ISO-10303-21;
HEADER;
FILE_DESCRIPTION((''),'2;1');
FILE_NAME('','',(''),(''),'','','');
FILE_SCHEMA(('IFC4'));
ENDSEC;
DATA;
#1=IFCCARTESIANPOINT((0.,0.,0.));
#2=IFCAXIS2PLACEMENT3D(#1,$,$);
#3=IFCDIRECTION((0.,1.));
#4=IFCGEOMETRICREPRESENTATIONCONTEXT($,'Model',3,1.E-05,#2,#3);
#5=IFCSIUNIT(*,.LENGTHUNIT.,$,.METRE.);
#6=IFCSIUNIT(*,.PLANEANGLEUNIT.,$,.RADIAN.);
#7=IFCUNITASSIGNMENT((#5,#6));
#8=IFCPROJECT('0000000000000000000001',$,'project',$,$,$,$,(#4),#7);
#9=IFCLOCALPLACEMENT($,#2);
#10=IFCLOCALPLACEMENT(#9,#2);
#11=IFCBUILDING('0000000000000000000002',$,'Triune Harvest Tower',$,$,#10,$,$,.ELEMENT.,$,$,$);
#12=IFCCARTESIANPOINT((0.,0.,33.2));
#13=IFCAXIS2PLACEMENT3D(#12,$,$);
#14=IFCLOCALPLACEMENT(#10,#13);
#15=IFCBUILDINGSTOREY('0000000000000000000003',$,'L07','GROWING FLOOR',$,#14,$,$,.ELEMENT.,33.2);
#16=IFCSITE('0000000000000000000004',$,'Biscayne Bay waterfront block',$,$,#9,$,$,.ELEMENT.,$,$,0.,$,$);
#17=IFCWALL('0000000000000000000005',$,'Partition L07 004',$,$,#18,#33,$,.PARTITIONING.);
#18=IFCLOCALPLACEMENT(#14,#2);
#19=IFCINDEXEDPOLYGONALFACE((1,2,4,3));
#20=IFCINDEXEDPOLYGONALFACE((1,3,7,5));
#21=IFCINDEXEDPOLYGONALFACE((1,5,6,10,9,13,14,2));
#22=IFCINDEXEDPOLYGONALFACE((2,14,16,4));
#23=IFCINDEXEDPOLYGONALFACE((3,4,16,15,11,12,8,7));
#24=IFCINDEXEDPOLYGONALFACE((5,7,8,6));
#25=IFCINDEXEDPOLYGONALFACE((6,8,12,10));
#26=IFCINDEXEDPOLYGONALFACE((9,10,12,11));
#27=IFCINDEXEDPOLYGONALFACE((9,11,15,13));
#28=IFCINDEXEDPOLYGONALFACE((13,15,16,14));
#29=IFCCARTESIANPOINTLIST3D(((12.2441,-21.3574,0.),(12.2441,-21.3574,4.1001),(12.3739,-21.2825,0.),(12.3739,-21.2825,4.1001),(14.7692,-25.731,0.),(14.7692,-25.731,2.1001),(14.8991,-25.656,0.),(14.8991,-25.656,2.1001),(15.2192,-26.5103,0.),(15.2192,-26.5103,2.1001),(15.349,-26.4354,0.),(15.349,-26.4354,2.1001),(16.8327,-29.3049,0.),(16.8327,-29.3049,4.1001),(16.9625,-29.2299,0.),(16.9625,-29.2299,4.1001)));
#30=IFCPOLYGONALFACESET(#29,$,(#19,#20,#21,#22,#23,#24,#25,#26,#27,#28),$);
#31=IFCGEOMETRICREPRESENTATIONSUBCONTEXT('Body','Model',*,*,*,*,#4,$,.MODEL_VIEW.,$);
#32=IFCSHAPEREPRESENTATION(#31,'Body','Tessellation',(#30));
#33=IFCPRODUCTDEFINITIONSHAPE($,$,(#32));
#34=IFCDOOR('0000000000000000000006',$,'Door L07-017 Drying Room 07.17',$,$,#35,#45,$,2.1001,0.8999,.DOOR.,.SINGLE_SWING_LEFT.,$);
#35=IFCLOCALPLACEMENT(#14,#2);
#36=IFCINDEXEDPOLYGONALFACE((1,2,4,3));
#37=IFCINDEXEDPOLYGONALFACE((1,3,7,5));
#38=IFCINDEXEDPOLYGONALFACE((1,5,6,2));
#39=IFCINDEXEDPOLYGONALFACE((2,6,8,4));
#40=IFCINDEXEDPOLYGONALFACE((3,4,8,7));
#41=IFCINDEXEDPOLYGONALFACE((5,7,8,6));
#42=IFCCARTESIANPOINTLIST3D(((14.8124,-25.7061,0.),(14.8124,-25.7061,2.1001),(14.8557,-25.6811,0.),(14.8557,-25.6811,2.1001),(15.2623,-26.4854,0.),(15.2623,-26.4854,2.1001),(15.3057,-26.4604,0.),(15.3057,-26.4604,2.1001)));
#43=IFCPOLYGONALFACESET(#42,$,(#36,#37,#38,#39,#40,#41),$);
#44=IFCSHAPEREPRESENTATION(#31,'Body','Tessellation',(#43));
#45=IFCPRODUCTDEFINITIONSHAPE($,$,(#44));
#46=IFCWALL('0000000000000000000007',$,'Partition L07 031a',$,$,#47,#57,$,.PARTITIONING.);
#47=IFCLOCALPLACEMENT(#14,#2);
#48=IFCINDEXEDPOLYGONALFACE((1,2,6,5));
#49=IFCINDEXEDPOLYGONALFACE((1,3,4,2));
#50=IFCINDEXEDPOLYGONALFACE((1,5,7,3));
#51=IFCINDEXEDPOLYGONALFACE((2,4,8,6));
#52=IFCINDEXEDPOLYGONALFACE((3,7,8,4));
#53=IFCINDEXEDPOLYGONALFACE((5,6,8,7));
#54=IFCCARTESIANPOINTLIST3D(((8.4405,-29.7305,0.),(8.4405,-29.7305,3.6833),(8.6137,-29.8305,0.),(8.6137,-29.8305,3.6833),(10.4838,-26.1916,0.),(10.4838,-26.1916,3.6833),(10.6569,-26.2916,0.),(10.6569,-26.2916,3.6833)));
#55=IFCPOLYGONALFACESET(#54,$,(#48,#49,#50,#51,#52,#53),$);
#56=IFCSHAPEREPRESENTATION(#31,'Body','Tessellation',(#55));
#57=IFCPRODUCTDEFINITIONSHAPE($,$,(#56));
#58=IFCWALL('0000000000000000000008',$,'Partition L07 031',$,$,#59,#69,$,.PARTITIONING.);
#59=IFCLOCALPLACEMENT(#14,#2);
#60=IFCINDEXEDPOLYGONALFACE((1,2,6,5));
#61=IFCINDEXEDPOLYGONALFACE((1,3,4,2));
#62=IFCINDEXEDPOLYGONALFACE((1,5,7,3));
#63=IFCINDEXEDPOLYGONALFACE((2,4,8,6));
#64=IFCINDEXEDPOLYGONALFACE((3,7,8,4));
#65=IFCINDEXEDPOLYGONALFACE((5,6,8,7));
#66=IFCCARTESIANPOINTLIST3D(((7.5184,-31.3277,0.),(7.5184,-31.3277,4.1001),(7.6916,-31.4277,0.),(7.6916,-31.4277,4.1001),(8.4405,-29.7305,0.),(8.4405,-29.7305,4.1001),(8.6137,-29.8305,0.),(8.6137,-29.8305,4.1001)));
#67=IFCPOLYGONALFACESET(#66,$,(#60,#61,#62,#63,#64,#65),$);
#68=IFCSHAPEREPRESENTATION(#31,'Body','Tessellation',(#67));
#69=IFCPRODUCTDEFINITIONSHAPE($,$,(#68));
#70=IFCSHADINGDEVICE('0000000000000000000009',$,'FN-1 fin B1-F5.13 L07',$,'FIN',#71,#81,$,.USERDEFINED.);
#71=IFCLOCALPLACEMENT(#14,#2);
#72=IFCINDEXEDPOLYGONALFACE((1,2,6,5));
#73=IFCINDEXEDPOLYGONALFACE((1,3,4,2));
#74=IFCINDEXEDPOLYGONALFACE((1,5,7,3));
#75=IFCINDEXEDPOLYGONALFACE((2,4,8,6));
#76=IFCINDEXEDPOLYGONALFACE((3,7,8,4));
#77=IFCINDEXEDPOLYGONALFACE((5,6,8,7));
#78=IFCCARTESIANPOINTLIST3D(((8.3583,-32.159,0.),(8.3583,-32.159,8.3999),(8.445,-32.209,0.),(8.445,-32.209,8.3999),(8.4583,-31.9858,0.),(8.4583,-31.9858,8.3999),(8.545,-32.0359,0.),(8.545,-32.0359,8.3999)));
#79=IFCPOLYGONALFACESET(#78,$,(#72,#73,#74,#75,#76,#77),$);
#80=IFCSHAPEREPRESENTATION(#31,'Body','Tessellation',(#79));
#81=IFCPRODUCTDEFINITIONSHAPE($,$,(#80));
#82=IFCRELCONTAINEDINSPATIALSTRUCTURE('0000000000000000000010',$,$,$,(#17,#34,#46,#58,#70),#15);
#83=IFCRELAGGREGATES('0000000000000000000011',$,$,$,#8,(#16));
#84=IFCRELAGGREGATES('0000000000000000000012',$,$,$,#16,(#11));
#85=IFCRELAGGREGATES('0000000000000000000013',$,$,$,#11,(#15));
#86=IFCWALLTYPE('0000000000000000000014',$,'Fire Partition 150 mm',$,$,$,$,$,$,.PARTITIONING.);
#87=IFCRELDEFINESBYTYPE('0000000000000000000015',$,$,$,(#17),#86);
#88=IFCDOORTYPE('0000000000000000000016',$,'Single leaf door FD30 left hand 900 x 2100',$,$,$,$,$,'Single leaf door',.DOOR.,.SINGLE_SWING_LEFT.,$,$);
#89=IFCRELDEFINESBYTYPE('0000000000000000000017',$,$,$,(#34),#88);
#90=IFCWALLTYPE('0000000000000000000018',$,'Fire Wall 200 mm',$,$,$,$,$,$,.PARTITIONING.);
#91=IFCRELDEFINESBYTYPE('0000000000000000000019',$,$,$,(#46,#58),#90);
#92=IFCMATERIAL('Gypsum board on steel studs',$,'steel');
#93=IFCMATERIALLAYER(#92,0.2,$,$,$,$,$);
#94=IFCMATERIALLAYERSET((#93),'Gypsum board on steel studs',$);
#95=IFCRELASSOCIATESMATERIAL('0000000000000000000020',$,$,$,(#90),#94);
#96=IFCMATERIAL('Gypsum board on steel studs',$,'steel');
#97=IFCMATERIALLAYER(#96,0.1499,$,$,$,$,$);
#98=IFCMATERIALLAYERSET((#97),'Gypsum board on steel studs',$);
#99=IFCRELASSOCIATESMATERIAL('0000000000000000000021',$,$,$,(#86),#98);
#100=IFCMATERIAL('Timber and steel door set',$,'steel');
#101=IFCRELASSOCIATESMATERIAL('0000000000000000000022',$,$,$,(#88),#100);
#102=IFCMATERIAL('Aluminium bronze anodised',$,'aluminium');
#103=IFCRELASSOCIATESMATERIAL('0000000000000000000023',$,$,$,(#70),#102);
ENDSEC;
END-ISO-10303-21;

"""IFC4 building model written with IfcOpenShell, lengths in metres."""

from ifc_helpers import new_model, si_unit, direction, frame, frame_2d, origin, origin_2d, place, context, subcontext, project, spatial, rectangle, extrude, source, transform, mapped, material, layer, layer_set, type_object, element, fill, save


model = new_model("IFC4")

# Units and contexts
model_context = context("Model", 3, precision=1e-05, world=origin(), true_north=direction((0.0, 1.0)))
body_context = subcontext(model_context, "Body", "Model", "MODEL_VIEW")
ifc_project = project(units=[si_unit("LENGTHUNIT", "METRE"), si_unit("PLANEANGLEUNIT", "RADIAN")], contexts=[model_context])

# Site, building, storey
site_placement = place(None, origin())
site = spatial("IfcSite", under=ifc_project, at=site_placement, Name="Biscayne Bay waterfront block", CompositionType="ELEMENT", RefElevation=0.0)
building_placement = place(site_placement, origin())
building = spatial("IfcBuilding", under=site, at=building_placement, Name="Triune Harvest Tower", CompositionType="ELEMENT")
storey_placement = place(building_placement, frame((0.0, 0.0, 33.2)))
storey = spatial("IfcBuildingStorey", under=building, at=storey_placement, Name="L07", Description="GROWING FLOOR", CompositionType="ELEMENT", Elevation=33.2)

# Shared definitions
ifc_material_1 = material(Name="Gypsum board on steel studs", Category="steel")
ifc_layer_1 = layer(ifc_material_1, 0.2)
ifc_layer_set_1 = layer_set([ifc_layer_1], Name="Gypsum board on steel studs")
wall_type_1 = type_object("IfcWallType", Name="Fire Wall 200 mm", PredefinedType="PARTITIONING", material=ifc_layer_set_1)

# Wall, opening, door
ifc_material_2 = material(Name="Gypsum board on steel studs", Category="steel")
ifc_layer_2 = layer(ifc_material_2, 0.1499)
ifc_layer_set_2 = layer_set([ifc_layer_2], Name="Gypsum board on steel studs")
wall_type_2 = type_object("IfcWallType", Name="Fire Partition 150 mm", PredefinedType="PARTITIONING", material=ifc_layer_set_2)
shared_shape_1 = source(origin(), body_context, "Body", "SweptSolid", [
    extrude(rectangle(XDim=9.177, YDim=0.1499, at=frame_2d((4.5884, 0.0))), origin(), (0.0, 0.0, 1.0), 4.1001),
])
wall_1_placement = place(storey_placement, frame((12.3091, -21.3201, 0.0), z_axis=(0.0, 0.0, 1.0), x_axis=(0.50001, -0.866019, 0.0)))
wall_1 = element("IfcWall", 1, at=wall_1_placement, inside=storey, type_object=wall_type_2, Name="Partition L07 004", PredefinedType="PARTITIONING", context=body_context, shape_type="MappedRepresentation", body=[
    mapped(shared_shape_1, transform((0.0, 0.0, 0.0), scale=1.0)),
])
opening_placement = place(wall_1_placement, frame((5.05, 0.0, 0.0)))
opening = element("IfcOpeningElement", 2, at=opening_placement, cuts=wall_1, PredefinedType="OPENING", context=body_context, shape_type="SweptSolid", body=[
    extrude(rectangle(XDim=0.8999, YDim=2.1001, at=frame_2d((0.45, 1.05))), frame((0.0, 0.085, 0.0), z_axis=(0.0, -1.0, 0.0), x_axis=(1.0, 0.0, 0.0)), (0.0, 0.0, 1.0), 0.1699),
])
ifc_material_3 = material(Name="Timber and steel door set", Category="steel")
door_type = type_object("IfcDoorType", Name="Single leaf door FD30 left hand 900 x 2100", ElementType="Single leaf door", OperationType="SINGLE_SWING_LEFT", PredefinedType="DOOR", material=ifc_material_3)
door_placement = place(opening_placement, origin())
door = element("IfcDoor", 3, at=door_placement, inside=storey, type_object=door_type, Name="Door L07-017 Drying Room 07.17", OperationType="SINGLE_SWING_LEFT", OverallHeight=2.1001, OverallWidth=0.8999, PredefinedType="DOOR", context=body_context, shape_type="SweptSolid", body=[
    extrude(rectangle(XDim=0.8999, YDim=2.1001, at=frame_2d((0.45, 1.05))), frame((0.0, 0.0249, 0.0), z_axis=(0.0, -1.0, 0.0), x_axis=(1.0, 0.0, 0.0)), (0.0, 0.0, 1.0), 0.05),
])
fill(opening, door)

# Walls
shared_shape_2 = source(origin(), body_context, "Body", "SweptSolid", [
    extrude(rectangle(XDim=4.0864, YDim=0.2, at=frame_2d((2.0432, 0.0))), origin(), (0.0, 0.0, 1.0), 3.6833),
])
wall_2_placement = place(storey_placement, frame((8.5271, -29.7805, 0.0), z_axis=(0.0, 0.0, 1.0), x_axis=(0.500014, 0.866017, 0.0)))
element("IfcWall", 4, at=wall_2_placement, inside=storey, type_object=wall_type_1, Name="Partition L07 031a", PredefinedType="PARTITIONING", context=body_context, shape_type="MappedRepresentation", body=[
    mapped(shared_shape_2, transform((0.0, 0.0, 0.0), scale=1.0)),
])
shared_shape_3 = source(origin(), body_context, "Body", "SweptSolid", [
    extrude(rectangle(XDim=1.8442, YDim=0.2, at=frame_2d((0.9221, 0.0))), origin(), (0.0, 0.0, 1.0), 4.1001),
])
wall_3_placement = place(storey_placement, frame((7.605, -31.3777, 0.0), z_axis=(0.0, 0.0, 1.0), x_axis=(0.499997, 0.866027, 0.0)))
element("IfcWall", 5, at=wall_3_placement, inside=storey, type_object=wall_type_1, Name="Partition L07 031", PredefinedType="PARTITIONING", context=body_context, shape_type="MappedRepresentation", body=[
    mapped(shared_shape_3, transform((0.0, 0.0, 0.0), scale=1.0)),
])

# Shading device
ifc_material_4 = material(Name="Aluminium bronze anodised", Category="aluminium")
shared_shape_4 = source(origin(), body_context, "Body", "SweptSolid", [
    extrude(rectangle(XDim=0.1001, YDim=0.2, at=origin_2d()), origin(), (0.0, 0.0, 1.0), 8.3999),
])
shading_device_placement = place(storey_placement, frame((8.4517, -32.0974, 0.0), z_axis=(0.0, 0.0, 1.0), x_axis=(0.866025, -0.5, 0.0)))
element("IfcShadingDevice", 6, at=shading_device_placement, inside=storey, material=ifc_material_4, Name="FN-1 fin B1-F5.13 L07", ObjectType="FIN", PredefinedType="USERDEFINED", context=body_context, shape_type="MappedRepresentation", body=[
    mapped(shared_shape_4, transform((0.0, 0.0, 0.0), scale=1.0)),
])

save(model, "model.ifc")
